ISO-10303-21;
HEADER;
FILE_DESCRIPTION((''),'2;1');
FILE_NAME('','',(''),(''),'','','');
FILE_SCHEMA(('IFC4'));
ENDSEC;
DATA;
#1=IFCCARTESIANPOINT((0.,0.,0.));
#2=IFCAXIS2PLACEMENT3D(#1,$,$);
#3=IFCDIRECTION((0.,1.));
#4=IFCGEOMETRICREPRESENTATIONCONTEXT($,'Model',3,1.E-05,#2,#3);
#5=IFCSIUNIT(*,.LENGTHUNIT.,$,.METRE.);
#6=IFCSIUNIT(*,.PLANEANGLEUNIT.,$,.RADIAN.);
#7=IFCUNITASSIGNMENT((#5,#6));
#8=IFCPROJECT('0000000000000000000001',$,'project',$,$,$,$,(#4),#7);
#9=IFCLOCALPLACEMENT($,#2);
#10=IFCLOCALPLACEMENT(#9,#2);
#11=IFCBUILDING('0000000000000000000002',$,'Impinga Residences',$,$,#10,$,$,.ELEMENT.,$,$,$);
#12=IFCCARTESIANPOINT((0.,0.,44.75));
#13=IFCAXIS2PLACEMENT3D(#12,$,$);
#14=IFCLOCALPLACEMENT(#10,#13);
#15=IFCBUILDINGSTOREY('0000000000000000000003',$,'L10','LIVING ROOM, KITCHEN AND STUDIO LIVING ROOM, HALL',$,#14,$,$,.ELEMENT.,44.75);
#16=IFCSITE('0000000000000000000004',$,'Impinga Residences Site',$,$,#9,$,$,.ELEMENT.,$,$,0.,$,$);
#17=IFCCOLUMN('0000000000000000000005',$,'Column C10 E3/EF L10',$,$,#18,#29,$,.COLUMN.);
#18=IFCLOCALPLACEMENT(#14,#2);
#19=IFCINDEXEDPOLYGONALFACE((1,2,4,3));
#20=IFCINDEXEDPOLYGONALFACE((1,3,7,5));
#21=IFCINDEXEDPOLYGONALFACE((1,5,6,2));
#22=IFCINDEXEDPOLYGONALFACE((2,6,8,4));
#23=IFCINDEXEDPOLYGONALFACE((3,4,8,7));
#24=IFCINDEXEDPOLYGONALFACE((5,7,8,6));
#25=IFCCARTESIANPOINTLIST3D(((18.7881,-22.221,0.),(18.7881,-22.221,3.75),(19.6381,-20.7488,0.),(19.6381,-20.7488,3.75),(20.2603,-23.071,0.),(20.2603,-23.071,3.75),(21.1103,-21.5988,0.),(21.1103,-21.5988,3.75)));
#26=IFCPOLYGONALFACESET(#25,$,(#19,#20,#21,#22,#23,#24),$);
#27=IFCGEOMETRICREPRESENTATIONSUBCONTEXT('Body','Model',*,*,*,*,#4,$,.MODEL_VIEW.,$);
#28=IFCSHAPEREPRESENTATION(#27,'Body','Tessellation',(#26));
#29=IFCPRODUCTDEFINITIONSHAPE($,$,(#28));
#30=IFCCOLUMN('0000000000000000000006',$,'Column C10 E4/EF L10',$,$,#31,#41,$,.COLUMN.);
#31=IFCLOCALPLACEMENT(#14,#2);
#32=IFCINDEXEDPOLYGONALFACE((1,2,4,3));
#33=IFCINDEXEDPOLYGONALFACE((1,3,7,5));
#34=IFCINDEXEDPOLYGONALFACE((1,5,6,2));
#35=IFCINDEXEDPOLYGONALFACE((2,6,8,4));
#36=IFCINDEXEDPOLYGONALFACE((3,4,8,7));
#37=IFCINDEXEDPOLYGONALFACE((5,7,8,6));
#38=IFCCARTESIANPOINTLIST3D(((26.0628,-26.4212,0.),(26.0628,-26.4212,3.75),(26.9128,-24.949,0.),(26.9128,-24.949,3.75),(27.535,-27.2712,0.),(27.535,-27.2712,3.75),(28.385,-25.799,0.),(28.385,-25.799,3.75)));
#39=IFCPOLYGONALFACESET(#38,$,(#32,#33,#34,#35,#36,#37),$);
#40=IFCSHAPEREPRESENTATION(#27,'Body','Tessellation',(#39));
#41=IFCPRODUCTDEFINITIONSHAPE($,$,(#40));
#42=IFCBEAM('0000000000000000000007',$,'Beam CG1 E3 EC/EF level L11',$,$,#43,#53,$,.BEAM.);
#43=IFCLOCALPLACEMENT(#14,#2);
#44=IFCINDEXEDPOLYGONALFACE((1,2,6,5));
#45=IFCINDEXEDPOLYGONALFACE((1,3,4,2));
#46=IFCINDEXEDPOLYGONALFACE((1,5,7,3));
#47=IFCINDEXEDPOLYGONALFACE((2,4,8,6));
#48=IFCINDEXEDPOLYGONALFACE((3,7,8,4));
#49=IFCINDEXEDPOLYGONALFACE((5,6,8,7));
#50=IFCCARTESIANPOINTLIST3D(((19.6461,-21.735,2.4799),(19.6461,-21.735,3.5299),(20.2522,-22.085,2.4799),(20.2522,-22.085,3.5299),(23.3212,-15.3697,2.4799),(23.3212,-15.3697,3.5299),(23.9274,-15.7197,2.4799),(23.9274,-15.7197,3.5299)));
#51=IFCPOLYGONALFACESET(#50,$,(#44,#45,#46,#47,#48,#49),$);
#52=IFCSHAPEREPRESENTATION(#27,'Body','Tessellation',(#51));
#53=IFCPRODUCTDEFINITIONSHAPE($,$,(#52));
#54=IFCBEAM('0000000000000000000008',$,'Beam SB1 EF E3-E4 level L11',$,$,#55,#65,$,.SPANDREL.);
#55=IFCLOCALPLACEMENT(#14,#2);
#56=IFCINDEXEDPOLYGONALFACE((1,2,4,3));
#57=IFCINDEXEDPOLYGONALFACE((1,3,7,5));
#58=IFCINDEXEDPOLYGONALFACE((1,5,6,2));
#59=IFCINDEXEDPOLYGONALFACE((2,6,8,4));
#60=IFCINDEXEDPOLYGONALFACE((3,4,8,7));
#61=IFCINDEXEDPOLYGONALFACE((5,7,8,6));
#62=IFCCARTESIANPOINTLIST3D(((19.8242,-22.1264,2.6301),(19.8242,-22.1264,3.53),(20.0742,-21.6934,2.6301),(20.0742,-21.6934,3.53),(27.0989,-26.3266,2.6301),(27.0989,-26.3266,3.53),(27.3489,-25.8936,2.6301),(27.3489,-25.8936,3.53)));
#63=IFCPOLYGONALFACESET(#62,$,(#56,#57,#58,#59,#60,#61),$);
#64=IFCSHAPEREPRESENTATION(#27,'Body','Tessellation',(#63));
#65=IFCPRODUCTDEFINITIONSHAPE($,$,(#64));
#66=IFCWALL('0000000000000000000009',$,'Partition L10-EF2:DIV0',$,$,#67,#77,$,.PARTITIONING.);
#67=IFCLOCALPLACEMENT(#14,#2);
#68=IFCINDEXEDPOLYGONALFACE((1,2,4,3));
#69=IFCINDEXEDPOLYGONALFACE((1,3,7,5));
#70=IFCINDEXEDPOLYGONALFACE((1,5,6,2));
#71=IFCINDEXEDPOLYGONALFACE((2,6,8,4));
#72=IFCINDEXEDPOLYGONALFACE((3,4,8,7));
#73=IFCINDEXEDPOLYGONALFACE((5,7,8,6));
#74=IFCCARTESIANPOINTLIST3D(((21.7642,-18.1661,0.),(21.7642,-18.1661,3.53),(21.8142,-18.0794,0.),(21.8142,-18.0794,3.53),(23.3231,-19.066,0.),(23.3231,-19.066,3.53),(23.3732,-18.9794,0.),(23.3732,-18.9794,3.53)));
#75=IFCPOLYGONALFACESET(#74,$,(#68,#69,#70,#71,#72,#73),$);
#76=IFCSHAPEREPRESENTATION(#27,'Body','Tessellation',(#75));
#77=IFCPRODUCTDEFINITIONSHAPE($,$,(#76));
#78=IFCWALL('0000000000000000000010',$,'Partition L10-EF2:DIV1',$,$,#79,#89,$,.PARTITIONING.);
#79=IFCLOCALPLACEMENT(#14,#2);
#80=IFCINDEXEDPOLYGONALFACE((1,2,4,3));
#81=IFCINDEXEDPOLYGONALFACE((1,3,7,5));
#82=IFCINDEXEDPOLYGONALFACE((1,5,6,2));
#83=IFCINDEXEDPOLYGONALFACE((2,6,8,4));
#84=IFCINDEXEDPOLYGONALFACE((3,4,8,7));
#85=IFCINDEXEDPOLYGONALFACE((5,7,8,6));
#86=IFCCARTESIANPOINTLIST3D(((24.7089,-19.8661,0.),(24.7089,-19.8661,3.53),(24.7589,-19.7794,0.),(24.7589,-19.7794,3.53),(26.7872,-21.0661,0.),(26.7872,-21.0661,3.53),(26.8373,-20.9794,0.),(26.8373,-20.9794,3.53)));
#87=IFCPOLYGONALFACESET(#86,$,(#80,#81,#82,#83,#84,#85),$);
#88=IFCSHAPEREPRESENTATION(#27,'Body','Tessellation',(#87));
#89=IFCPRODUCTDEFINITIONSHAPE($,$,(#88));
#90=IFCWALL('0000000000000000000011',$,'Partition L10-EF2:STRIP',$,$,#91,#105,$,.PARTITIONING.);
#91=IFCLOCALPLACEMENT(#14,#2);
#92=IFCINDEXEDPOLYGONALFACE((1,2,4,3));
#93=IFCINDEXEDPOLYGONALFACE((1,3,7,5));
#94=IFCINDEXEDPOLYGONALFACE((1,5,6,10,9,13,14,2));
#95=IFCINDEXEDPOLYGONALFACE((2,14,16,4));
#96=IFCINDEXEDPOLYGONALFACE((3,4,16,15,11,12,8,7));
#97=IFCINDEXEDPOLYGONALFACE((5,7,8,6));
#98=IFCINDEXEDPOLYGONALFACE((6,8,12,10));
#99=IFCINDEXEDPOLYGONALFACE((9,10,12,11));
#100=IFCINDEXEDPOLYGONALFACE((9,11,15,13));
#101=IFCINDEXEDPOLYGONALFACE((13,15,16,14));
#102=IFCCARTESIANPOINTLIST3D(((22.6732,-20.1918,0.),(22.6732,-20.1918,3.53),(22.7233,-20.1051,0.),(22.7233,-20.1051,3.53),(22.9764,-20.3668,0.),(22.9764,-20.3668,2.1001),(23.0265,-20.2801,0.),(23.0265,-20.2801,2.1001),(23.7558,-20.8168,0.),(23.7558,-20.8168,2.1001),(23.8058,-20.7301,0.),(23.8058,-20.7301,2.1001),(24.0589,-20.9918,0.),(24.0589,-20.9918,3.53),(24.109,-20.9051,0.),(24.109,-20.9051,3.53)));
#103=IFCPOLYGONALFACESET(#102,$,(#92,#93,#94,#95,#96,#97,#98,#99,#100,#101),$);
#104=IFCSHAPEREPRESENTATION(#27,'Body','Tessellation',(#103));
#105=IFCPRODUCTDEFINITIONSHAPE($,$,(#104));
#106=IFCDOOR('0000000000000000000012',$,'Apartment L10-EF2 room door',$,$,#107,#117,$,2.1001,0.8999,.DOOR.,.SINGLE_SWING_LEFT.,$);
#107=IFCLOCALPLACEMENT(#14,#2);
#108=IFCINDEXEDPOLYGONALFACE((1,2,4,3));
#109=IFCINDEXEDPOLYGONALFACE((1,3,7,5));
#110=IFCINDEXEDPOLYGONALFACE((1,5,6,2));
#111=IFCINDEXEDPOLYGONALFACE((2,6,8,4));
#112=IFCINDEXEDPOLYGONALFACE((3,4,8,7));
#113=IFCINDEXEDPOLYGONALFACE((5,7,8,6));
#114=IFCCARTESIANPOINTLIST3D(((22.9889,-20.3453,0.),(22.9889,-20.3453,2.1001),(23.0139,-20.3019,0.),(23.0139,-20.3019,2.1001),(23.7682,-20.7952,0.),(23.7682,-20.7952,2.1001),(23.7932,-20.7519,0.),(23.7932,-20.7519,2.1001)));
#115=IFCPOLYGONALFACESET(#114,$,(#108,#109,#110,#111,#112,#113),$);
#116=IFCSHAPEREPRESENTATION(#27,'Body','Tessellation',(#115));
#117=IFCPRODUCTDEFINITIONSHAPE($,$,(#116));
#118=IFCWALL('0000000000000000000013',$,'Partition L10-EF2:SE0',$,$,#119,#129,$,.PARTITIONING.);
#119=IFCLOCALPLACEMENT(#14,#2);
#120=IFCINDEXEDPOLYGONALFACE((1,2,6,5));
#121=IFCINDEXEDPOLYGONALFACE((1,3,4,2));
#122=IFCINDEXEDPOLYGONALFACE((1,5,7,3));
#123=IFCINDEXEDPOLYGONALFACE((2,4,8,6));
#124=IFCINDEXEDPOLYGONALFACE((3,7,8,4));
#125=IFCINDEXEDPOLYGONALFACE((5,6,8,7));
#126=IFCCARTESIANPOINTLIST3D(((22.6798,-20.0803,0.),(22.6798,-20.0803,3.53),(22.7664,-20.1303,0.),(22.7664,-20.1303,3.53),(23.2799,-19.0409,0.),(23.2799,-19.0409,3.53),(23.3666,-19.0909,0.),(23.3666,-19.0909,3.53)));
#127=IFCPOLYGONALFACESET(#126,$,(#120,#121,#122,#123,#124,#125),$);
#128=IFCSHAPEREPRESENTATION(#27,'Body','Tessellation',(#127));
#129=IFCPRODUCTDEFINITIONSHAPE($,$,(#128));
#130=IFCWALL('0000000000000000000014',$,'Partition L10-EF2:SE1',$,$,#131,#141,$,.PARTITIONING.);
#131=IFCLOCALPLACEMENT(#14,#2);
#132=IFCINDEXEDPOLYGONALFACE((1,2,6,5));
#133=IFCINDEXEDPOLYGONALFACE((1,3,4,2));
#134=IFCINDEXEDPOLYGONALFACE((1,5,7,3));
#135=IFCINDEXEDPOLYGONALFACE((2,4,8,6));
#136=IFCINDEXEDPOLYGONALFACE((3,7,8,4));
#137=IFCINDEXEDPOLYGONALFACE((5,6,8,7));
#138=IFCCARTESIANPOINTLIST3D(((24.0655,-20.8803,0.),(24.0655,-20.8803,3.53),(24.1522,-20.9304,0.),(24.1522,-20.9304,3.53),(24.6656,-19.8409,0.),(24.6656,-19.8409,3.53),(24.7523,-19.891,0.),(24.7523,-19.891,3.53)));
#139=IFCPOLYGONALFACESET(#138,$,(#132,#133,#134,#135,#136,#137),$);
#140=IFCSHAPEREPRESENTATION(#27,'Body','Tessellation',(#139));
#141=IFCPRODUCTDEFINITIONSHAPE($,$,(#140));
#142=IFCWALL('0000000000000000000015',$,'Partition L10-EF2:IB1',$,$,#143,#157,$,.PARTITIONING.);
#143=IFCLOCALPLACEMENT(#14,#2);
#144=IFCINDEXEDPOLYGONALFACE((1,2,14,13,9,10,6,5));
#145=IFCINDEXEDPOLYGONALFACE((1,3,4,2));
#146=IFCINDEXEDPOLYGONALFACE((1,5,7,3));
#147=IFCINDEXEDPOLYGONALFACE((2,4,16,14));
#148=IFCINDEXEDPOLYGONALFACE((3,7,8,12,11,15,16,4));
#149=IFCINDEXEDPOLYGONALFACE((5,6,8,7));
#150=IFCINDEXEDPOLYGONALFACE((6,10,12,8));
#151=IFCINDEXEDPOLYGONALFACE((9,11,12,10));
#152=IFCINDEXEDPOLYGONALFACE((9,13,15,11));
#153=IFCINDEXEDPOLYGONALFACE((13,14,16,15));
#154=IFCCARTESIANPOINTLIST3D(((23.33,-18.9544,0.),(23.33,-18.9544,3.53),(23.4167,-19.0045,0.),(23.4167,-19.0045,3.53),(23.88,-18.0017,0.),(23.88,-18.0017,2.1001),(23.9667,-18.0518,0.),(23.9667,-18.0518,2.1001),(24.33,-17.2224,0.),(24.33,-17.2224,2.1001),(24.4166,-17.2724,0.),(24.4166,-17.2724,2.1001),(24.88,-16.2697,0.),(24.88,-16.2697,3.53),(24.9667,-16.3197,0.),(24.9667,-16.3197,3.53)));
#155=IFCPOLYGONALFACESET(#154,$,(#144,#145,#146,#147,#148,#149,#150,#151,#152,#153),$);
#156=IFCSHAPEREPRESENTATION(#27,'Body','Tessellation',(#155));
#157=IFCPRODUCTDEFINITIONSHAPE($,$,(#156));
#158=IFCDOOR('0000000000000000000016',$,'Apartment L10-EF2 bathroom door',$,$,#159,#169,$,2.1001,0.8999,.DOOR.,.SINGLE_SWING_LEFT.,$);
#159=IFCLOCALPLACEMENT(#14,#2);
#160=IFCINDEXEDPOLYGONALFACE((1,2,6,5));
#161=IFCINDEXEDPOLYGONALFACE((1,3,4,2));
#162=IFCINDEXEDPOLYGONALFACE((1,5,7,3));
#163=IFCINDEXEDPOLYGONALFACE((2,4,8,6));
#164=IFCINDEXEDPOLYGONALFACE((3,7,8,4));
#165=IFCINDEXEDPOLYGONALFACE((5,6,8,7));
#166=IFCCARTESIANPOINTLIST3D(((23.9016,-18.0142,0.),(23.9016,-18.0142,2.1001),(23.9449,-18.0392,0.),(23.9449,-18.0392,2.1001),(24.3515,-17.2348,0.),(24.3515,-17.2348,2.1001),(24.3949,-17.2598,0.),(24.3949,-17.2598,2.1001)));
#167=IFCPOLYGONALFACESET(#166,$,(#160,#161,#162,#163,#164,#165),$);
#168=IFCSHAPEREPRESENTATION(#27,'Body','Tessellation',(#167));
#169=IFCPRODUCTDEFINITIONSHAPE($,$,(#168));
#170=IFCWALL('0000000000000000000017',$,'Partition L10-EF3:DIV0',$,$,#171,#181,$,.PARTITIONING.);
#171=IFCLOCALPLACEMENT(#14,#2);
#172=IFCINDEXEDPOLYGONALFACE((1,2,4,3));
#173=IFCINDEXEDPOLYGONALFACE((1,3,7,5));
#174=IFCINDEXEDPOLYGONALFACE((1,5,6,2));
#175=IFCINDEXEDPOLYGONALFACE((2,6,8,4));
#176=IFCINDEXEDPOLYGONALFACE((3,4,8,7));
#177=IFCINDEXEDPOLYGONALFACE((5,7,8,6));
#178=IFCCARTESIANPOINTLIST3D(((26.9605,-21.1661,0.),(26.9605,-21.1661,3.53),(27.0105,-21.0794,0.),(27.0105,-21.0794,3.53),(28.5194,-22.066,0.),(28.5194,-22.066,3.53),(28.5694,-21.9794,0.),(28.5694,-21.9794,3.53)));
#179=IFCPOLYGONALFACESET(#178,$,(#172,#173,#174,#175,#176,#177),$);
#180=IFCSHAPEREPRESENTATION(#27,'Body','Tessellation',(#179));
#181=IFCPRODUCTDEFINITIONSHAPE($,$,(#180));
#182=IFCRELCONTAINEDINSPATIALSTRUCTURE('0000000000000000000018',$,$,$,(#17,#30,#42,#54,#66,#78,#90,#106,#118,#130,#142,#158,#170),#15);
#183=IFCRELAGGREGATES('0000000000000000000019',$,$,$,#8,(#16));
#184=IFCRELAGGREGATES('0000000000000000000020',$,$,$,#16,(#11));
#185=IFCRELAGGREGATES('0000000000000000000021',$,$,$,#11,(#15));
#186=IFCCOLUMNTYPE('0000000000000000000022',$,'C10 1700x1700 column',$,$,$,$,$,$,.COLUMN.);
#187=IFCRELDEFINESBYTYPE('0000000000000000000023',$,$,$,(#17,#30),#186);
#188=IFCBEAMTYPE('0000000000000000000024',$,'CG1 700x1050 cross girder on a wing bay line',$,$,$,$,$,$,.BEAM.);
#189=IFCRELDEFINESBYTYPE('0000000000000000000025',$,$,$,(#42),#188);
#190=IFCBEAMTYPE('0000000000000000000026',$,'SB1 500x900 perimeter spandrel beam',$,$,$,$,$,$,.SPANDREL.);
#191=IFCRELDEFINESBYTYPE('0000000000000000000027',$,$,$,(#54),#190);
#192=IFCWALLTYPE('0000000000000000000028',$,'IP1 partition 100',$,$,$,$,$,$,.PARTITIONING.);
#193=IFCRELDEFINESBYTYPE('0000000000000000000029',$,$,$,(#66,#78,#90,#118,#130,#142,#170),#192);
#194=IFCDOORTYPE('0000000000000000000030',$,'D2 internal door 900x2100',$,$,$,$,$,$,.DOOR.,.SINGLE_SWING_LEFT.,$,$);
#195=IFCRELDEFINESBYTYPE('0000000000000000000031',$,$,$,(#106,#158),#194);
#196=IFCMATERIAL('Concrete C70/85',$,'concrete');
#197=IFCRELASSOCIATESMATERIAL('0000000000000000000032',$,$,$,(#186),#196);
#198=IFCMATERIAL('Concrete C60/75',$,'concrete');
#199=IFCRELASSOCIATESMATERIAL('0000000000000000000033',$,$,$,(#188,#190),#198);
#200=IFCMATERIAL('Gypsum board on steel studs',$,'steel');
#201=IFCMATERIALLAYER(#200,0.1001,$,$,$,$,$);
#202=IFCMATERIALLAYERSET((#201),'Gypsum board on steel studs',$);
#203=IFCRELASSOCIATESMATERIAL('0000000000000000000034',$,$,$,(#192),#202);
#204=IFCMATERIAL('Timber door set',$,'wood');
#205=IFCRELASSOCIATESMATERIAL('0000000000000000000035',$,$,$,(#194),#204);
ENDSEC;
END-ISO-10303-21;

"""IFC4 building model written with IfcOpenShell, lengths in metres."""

from ifc_helpers import new_model, si_unit, direction, frame, frame_2d, origin, origin_2d, place, context, subcontext, project, spatial, rectangle, extrude, material, layer, layer_set, material_profile, profile_set, type_object, element, fill, save


model = new_model("IFC4")

# Units and contexts
model_context = context("Model", 3, precision=1e-05, world=origin(), true_north=direction((0.0, 1.0)))
body_context = subcontext(model_context, "Body", "Model", "MODEL_VIEW")
ifc_project = project(units=[si_unit("LENGTHUNIT", "METRE"), si_unit("PLANEANGLEUNIT", "RADIAN")], contexts=[model_context])

# Site, building, storey
site_placement = place(None, origin())
site = spatial("IfcSite", under=ifc_project, at=site_placement, Name="Impinga Residences Site", CompositionType="ELEMENT", RefElevation=0.0)
building_placement = place(site_placement, origin())
building = spatial("IfcBuilding", under=site, at=building_placement, Name="Impinga Residences", CompositionType="ELEMENT")
storey_placement = place(building_placement, frame((0.0, 0.0, 44.75)))
storey = spatial("IfcBuildingStorey", under=building, at=storey_placement, Name="L10", Description="LIVING ROOM, KITCHEN AND STUDIO LIVING ROOM, HALL", CompositionType="ELEMENT", Elevation=44.75)

# Columns
ifc_material_1 = material(Name="Concrete C70/85", Category="concrete")
ifc_material_profile_1 = material_profile(ifc_material_1, rectangle(XDim=1.7, YDim=1.7, at=origin_2d()), Name="RC 1700x1700")
ifc_profile_set_1 = profile_set([ifc_material_profile_1], Name="Concrete C70/85")
column_type = type_object("IfcColumnType", Name="C10 1700x1700 column", PredefinedType="COLUMN", material=ifc_profile_set_1)
for number, where, z_axis, x_axis, name in (
    (1, (19.9492, -21.9099, 0.0), (0.0, 0.0, 1.0), (-0.5, -0.866025, 0.0), "Column C10 E3/EF L10"),
    (2, (27.2239, -26.1101, 0.0), (0.0, 0.0, 1.0), (-0.5, -0.866025, 0.0), "Column C10 E4/EF L10"),
):
    element("IfcColumn", number, at=place(storey_placement, frame(where, z_axis=z_axis, x_axis=x_axis)), inside=storey, type_object=column_type, Name=name, PredefinedType="COLUMN", context=body_context, shape_type="SweptSolid", body=[
        extrude(rectangle(XDim=1.7, YDim=1.7, at=origin_2d()), origin(), (0.0, 0.0, 1.0), 3.75),
    ])

# Beams
ifc_material_2 = material(Name="Concrete C60/75", Category="concrete")
ifc_material_profile_2 = material_profile(ifc_material_2, rectangle(XDim=0.7, YDim=1.05, at=origin_2d()), Name="RC 700x1050")
ifc_profile_set_2 = profile_set([ifc_material_profile_2], Name="Concrete C60/75")
beam_type_1 = type_object("IfcBeamType", Name="CG1 700x1050 cross girder on a wing bay line", PredefinedType="BEAM", material=ifc_profile_set_2)
beam_1_placement = place(storey_placement, frame((23.6243, -15.5447, 3.0049), z_axis=(-0.500008, -0.866021, 0.0), x_axis=(0.866021, -0.500008, 0.0)))
element("IfcBeam", 3, at=beam_1_placement, inside=storey, type_object=beam_type_1, Name="Beam CG1 E3 EC/EF level L11", PredefinedType="BEAM", context=body_context, shape_type="SweptSolid", body=[
    extrude(rectangle(XDim=0.7, YDim=1.05, at=origin_2d()), origin(), (0.0, 0.0, 1.0), 7.3501),
])
ifc_material_profile_3 = material_profile(ifc_material_2, rectangle(XDim=0.5, YDim=0.8999, at=origin_2d()), Name="RC 500x900")
ifc_profile_set_3 = profile_set([ifc_material_profile_3], Name="Concrete C60/75")
beam_type_2 = type_object("IfcBeamType", Name="SB1 500x900 perimeter spandrel beam", PredefinedType="SPANDREL", material=ifc_profile_set_3)
beam_2_placement = place(storey_placement, frame((19.9492, -21.9099, 3.0801), z_axis=(0.866017, -0.500015, 0.0), x_axis=(0.500015, 0.866017, 0.0)))
element("IfcBeam", 4, at=beam_2_placement, inside=storey, type_object=beam_type_2, Name="Beam SB1 EF E3-E4 level L11", PredefinedType="SPANDREL", context=body_context, shape_type="SweptSolid", body=[
    extrude(rectangle(XDim=0.5, YDim=0.8999, at=origin_2d()), origin(), (0.0, 0.0, 1.0), 8.4001),
])

# Walls
ifc_material_3 = material(Name="Gypsum board on steel studs", Category="steel")
ifc_layer_1 = layer(ifc_material_3, 0.1001)
ifc_layer_set_1 = layer_set([ifc_layer_1], Name="Gypsum board on steel studs")
wall_type_1 = type_object("IfcWallType", Name="IP1 partition 100", PredefinedType="PARTITIONING", material=ifc_layer_set_1)
wall_1_placement = place(storey_placement, frame((21.7893, -18.1228, 0.0), z_axis=(0.0, 0.0, 1.0), x_axis=(0.866048, -0.499961, 0.0)))
element("IfcWall", 5, at=wall_1_placement, inside=storey, type_object=wall_type_1, Name="Partition L10-EF2:DIV0", PredefinedType="PARTITIONING", context=body_context, shape_type="SweptSolid", body=[
    extrude(rectangle(XDim=1.8, YDim=0.1001, at=frame_2d((0.8999, 0.0))), origin(), (0.0, 0.0, 1.0), 3.53),
])
wall_2_placement = place(storey_placement, frame((24.7339, -19.8228, 0.0), z_axis=(0.0, 0.0, 1.0), x_axis=(0.866025, -0.500001, 0.0)))
element("IfcWall", 6, at=wall_2_placement, inside=storey, type_object=wall_type_1, Name="Partition L10-EF2:DIV1", PredefinedType="PARTITIONING", context=body_context, shape_type="SweptSolid", body=[
    extrude(rectangle(XDim=2.3999, YDim=0.1001, at=frame_2d((1.2, 0.0))), origin(), (0.0, 0.0, 1.0), 3.53),
])

# Wall, opening, door
wall_3_placement = place(storey_placement, frame((22.6982, -20.1484, 0.0), z_axis=(0.0, 0.0, 1.0), x_axis=(0.866028, -0.499995, 0.0)))
wall_3 = element("IfcWall", 7, at=wall_3_placement, inside=storey, type_object=wall_type_1, Name="Partition L10-EF2:STRIP", PredefinedType="PARTITIONING", context=body_context, shape_type="SweptSolid", body=[
    extrude(rectangle(XDim=1.6001, YDim=0.1001, at=frame_2d((0.8, 0.0))), origin(), (0.0, 0.0, 1.0), 3.53),
])
opening_1_placement = place(wall_3_placement, frame((0.3501, 0.0, 0.0)))
opening_1 = element("IfcOpeningElement", 8, at=opening_1_placement, cuts=wall_3, PredefinedType="OPENING", context=body_context, shape_type="SweptSolid", body=[
    extrude(rectangle(XDim=0.8999, YDim=2.1001, at=frame_2d((0.45, 1.05))), frame((0.0, 0.0601, 0.0), z_axis=(0.0, -1.0, 0.0), x_axis=(1.0, 0.0, 0.0)), (0.0, 0.0, 1.0), 0.1201),
])
ifc_material_4 = material(Name="Timber door set", Category="wood")
door_type = type_object("IfcDoorType", Name="D2 internal door 900x2100", OperationType="SINGLE_SWING_LEFT", PredefinedType="DOOR", material=ifc_material_4)
door_1_placement = place(opening_1_placement, origin())
door_1 = element("IfcDoor", 9, at=door_1_placement, inside=storey, type_object=door_type, Name="Apartment L10-EF2 room door", OperationType="SINGLE_SWING_LEFT", OverallHeight=2.1001, OverallWidth=0.8999, PredefinedType="DOOR", context=body_context, shape_type="SweptSolid", body=[
    extrude(rectangle(XDim=0.8999, YDim=2.1001, at=frame_2d((0.45, 1.05))), frame((0.0, 0.0249, 0.0), z_axis=(0.0, -1.0, 0.0), x_axis=(1.0, 0.0, 0.0)), (0.0, 0.0, 1.0), 0.05),
])
fill(opening_1, door_1)

# Walls
for number, where, z_axis, x_axis, name in (
    (10, (23.3232, -19.0659, 0.0), (0.0, 0.0, 1.0), (-0.500034, -0.866006, 0.0), "Partition L10-EF2:SE0"),
    (11, (24.709, -19.866, 0.0), (0.0, 0.0, 1.0), (-0.500034, -0.866006, 0.0), "Partition L10-EF2:SE1"),
):
    element("IfcWall", number, at=place(storey_placement, frame(where, z_axis=z_axis, x_axis=x_axis)), inside=storey, type_object=wall_type_1, Name=name, PredefinedType="PARTITIONING", context=body_context, shape_type="SweptSolid", body=[
        extrude(rectangle(XDim=1.2002, YDim=0.1001, at=frame_2d((0.6001, 0.0))), origin(), (0.0, 0.0, 1.0), 3.53),
    ])

# Wall, opening, door
wall_4_placement = place(storey_placement, frame((24.9233, -16.2947, 0.0), z_axis=(0.0, 0.0, 1.0), x_axis=(-0.499993, -0.86603, 0.0)))
wall_4 = element("IfcWall", 12, at=wall_4_placement, inside=storey, type_object=wall_type_1, Name="Partition L10-EF2:IB1", PredefinedType="PARTITIONING", context=body_context, shape_type="SweptSolid", body=[
    extrude(rectangle(XDim=3.1001, YDim=0.1001, at=frame_2d((1.55, 0.0))), origin(), (0.0, 0.0, 1.0), 3.53),
])
opening_2_placement = place(wall_4_placement, frame((1.1001, 0.0, 0.0)))
opening_2 = element("IfcOpeningElement", 13, at=opening_2_placement, cuts=wall_4, PredefinedType="OPENING", context=body_context, shape_type="SweptSolid", body=[
    extrude(rectangle(XDim=0.8999, YDim=2.1001, at=frame_2d((0.45, 1.05))), frame((0.0, 0.0601, 0.0), z_axis=(0.0, -1.0, 0.0), x_axis=(1.0, 0.0, 0.0)), (0.0, 0.0, 1.0), 0.1201),
])
door_2_placement = place(opening_2_placement, origin())
door_2 = element("IfcDoor", 14, at=door_2_placement, inside=storey, type_object=door_type, Name="Apartment L10-EF2 bathroom door", OperationType="SINGLE_SWING_LEFT", OverallHeight=2.1001, OverallWidth=0.8999, PredefinedType="DOOR", context=body_context, shape_type="SweptSolid", body=[
    extrude(rectangle(XDim=0.8999, YDim=2.1001, at=frame_2d((0.45, 1.05))), frame((0.0, 0.0249, 0.0), z_axis=(0.0, -1.0, 0.0), x_axis=(1.0, 0.0, 0.0)), (0.0, 0.0, 1.0), 0.05),
])
fill(opening_2, door_2)

# Wall
wall_5_placement = place(storey_placement, frame((26.9856, -21.1228, 0.0), z_axis=(0.0, 0.0, 1.0), x_axis=(0.866048, -0.499961, 0.0)))
element("IfcWall", 15, at=wall_5_placement, inside=storey, type_object=wall_type_1, Name="Partition L10-EF3:DIV0", PredefinedType="PARTITIONING", context=body_context, shape_type="SweptSolid", body=[
    extrude(rectangle(XDim=1.8, YDim=0.1001, at=frame_2d((0.8999, 0.0))), origin(), (0.0, 0.0, 1.0), 3.53),
])

save(model, "model.ifc")
